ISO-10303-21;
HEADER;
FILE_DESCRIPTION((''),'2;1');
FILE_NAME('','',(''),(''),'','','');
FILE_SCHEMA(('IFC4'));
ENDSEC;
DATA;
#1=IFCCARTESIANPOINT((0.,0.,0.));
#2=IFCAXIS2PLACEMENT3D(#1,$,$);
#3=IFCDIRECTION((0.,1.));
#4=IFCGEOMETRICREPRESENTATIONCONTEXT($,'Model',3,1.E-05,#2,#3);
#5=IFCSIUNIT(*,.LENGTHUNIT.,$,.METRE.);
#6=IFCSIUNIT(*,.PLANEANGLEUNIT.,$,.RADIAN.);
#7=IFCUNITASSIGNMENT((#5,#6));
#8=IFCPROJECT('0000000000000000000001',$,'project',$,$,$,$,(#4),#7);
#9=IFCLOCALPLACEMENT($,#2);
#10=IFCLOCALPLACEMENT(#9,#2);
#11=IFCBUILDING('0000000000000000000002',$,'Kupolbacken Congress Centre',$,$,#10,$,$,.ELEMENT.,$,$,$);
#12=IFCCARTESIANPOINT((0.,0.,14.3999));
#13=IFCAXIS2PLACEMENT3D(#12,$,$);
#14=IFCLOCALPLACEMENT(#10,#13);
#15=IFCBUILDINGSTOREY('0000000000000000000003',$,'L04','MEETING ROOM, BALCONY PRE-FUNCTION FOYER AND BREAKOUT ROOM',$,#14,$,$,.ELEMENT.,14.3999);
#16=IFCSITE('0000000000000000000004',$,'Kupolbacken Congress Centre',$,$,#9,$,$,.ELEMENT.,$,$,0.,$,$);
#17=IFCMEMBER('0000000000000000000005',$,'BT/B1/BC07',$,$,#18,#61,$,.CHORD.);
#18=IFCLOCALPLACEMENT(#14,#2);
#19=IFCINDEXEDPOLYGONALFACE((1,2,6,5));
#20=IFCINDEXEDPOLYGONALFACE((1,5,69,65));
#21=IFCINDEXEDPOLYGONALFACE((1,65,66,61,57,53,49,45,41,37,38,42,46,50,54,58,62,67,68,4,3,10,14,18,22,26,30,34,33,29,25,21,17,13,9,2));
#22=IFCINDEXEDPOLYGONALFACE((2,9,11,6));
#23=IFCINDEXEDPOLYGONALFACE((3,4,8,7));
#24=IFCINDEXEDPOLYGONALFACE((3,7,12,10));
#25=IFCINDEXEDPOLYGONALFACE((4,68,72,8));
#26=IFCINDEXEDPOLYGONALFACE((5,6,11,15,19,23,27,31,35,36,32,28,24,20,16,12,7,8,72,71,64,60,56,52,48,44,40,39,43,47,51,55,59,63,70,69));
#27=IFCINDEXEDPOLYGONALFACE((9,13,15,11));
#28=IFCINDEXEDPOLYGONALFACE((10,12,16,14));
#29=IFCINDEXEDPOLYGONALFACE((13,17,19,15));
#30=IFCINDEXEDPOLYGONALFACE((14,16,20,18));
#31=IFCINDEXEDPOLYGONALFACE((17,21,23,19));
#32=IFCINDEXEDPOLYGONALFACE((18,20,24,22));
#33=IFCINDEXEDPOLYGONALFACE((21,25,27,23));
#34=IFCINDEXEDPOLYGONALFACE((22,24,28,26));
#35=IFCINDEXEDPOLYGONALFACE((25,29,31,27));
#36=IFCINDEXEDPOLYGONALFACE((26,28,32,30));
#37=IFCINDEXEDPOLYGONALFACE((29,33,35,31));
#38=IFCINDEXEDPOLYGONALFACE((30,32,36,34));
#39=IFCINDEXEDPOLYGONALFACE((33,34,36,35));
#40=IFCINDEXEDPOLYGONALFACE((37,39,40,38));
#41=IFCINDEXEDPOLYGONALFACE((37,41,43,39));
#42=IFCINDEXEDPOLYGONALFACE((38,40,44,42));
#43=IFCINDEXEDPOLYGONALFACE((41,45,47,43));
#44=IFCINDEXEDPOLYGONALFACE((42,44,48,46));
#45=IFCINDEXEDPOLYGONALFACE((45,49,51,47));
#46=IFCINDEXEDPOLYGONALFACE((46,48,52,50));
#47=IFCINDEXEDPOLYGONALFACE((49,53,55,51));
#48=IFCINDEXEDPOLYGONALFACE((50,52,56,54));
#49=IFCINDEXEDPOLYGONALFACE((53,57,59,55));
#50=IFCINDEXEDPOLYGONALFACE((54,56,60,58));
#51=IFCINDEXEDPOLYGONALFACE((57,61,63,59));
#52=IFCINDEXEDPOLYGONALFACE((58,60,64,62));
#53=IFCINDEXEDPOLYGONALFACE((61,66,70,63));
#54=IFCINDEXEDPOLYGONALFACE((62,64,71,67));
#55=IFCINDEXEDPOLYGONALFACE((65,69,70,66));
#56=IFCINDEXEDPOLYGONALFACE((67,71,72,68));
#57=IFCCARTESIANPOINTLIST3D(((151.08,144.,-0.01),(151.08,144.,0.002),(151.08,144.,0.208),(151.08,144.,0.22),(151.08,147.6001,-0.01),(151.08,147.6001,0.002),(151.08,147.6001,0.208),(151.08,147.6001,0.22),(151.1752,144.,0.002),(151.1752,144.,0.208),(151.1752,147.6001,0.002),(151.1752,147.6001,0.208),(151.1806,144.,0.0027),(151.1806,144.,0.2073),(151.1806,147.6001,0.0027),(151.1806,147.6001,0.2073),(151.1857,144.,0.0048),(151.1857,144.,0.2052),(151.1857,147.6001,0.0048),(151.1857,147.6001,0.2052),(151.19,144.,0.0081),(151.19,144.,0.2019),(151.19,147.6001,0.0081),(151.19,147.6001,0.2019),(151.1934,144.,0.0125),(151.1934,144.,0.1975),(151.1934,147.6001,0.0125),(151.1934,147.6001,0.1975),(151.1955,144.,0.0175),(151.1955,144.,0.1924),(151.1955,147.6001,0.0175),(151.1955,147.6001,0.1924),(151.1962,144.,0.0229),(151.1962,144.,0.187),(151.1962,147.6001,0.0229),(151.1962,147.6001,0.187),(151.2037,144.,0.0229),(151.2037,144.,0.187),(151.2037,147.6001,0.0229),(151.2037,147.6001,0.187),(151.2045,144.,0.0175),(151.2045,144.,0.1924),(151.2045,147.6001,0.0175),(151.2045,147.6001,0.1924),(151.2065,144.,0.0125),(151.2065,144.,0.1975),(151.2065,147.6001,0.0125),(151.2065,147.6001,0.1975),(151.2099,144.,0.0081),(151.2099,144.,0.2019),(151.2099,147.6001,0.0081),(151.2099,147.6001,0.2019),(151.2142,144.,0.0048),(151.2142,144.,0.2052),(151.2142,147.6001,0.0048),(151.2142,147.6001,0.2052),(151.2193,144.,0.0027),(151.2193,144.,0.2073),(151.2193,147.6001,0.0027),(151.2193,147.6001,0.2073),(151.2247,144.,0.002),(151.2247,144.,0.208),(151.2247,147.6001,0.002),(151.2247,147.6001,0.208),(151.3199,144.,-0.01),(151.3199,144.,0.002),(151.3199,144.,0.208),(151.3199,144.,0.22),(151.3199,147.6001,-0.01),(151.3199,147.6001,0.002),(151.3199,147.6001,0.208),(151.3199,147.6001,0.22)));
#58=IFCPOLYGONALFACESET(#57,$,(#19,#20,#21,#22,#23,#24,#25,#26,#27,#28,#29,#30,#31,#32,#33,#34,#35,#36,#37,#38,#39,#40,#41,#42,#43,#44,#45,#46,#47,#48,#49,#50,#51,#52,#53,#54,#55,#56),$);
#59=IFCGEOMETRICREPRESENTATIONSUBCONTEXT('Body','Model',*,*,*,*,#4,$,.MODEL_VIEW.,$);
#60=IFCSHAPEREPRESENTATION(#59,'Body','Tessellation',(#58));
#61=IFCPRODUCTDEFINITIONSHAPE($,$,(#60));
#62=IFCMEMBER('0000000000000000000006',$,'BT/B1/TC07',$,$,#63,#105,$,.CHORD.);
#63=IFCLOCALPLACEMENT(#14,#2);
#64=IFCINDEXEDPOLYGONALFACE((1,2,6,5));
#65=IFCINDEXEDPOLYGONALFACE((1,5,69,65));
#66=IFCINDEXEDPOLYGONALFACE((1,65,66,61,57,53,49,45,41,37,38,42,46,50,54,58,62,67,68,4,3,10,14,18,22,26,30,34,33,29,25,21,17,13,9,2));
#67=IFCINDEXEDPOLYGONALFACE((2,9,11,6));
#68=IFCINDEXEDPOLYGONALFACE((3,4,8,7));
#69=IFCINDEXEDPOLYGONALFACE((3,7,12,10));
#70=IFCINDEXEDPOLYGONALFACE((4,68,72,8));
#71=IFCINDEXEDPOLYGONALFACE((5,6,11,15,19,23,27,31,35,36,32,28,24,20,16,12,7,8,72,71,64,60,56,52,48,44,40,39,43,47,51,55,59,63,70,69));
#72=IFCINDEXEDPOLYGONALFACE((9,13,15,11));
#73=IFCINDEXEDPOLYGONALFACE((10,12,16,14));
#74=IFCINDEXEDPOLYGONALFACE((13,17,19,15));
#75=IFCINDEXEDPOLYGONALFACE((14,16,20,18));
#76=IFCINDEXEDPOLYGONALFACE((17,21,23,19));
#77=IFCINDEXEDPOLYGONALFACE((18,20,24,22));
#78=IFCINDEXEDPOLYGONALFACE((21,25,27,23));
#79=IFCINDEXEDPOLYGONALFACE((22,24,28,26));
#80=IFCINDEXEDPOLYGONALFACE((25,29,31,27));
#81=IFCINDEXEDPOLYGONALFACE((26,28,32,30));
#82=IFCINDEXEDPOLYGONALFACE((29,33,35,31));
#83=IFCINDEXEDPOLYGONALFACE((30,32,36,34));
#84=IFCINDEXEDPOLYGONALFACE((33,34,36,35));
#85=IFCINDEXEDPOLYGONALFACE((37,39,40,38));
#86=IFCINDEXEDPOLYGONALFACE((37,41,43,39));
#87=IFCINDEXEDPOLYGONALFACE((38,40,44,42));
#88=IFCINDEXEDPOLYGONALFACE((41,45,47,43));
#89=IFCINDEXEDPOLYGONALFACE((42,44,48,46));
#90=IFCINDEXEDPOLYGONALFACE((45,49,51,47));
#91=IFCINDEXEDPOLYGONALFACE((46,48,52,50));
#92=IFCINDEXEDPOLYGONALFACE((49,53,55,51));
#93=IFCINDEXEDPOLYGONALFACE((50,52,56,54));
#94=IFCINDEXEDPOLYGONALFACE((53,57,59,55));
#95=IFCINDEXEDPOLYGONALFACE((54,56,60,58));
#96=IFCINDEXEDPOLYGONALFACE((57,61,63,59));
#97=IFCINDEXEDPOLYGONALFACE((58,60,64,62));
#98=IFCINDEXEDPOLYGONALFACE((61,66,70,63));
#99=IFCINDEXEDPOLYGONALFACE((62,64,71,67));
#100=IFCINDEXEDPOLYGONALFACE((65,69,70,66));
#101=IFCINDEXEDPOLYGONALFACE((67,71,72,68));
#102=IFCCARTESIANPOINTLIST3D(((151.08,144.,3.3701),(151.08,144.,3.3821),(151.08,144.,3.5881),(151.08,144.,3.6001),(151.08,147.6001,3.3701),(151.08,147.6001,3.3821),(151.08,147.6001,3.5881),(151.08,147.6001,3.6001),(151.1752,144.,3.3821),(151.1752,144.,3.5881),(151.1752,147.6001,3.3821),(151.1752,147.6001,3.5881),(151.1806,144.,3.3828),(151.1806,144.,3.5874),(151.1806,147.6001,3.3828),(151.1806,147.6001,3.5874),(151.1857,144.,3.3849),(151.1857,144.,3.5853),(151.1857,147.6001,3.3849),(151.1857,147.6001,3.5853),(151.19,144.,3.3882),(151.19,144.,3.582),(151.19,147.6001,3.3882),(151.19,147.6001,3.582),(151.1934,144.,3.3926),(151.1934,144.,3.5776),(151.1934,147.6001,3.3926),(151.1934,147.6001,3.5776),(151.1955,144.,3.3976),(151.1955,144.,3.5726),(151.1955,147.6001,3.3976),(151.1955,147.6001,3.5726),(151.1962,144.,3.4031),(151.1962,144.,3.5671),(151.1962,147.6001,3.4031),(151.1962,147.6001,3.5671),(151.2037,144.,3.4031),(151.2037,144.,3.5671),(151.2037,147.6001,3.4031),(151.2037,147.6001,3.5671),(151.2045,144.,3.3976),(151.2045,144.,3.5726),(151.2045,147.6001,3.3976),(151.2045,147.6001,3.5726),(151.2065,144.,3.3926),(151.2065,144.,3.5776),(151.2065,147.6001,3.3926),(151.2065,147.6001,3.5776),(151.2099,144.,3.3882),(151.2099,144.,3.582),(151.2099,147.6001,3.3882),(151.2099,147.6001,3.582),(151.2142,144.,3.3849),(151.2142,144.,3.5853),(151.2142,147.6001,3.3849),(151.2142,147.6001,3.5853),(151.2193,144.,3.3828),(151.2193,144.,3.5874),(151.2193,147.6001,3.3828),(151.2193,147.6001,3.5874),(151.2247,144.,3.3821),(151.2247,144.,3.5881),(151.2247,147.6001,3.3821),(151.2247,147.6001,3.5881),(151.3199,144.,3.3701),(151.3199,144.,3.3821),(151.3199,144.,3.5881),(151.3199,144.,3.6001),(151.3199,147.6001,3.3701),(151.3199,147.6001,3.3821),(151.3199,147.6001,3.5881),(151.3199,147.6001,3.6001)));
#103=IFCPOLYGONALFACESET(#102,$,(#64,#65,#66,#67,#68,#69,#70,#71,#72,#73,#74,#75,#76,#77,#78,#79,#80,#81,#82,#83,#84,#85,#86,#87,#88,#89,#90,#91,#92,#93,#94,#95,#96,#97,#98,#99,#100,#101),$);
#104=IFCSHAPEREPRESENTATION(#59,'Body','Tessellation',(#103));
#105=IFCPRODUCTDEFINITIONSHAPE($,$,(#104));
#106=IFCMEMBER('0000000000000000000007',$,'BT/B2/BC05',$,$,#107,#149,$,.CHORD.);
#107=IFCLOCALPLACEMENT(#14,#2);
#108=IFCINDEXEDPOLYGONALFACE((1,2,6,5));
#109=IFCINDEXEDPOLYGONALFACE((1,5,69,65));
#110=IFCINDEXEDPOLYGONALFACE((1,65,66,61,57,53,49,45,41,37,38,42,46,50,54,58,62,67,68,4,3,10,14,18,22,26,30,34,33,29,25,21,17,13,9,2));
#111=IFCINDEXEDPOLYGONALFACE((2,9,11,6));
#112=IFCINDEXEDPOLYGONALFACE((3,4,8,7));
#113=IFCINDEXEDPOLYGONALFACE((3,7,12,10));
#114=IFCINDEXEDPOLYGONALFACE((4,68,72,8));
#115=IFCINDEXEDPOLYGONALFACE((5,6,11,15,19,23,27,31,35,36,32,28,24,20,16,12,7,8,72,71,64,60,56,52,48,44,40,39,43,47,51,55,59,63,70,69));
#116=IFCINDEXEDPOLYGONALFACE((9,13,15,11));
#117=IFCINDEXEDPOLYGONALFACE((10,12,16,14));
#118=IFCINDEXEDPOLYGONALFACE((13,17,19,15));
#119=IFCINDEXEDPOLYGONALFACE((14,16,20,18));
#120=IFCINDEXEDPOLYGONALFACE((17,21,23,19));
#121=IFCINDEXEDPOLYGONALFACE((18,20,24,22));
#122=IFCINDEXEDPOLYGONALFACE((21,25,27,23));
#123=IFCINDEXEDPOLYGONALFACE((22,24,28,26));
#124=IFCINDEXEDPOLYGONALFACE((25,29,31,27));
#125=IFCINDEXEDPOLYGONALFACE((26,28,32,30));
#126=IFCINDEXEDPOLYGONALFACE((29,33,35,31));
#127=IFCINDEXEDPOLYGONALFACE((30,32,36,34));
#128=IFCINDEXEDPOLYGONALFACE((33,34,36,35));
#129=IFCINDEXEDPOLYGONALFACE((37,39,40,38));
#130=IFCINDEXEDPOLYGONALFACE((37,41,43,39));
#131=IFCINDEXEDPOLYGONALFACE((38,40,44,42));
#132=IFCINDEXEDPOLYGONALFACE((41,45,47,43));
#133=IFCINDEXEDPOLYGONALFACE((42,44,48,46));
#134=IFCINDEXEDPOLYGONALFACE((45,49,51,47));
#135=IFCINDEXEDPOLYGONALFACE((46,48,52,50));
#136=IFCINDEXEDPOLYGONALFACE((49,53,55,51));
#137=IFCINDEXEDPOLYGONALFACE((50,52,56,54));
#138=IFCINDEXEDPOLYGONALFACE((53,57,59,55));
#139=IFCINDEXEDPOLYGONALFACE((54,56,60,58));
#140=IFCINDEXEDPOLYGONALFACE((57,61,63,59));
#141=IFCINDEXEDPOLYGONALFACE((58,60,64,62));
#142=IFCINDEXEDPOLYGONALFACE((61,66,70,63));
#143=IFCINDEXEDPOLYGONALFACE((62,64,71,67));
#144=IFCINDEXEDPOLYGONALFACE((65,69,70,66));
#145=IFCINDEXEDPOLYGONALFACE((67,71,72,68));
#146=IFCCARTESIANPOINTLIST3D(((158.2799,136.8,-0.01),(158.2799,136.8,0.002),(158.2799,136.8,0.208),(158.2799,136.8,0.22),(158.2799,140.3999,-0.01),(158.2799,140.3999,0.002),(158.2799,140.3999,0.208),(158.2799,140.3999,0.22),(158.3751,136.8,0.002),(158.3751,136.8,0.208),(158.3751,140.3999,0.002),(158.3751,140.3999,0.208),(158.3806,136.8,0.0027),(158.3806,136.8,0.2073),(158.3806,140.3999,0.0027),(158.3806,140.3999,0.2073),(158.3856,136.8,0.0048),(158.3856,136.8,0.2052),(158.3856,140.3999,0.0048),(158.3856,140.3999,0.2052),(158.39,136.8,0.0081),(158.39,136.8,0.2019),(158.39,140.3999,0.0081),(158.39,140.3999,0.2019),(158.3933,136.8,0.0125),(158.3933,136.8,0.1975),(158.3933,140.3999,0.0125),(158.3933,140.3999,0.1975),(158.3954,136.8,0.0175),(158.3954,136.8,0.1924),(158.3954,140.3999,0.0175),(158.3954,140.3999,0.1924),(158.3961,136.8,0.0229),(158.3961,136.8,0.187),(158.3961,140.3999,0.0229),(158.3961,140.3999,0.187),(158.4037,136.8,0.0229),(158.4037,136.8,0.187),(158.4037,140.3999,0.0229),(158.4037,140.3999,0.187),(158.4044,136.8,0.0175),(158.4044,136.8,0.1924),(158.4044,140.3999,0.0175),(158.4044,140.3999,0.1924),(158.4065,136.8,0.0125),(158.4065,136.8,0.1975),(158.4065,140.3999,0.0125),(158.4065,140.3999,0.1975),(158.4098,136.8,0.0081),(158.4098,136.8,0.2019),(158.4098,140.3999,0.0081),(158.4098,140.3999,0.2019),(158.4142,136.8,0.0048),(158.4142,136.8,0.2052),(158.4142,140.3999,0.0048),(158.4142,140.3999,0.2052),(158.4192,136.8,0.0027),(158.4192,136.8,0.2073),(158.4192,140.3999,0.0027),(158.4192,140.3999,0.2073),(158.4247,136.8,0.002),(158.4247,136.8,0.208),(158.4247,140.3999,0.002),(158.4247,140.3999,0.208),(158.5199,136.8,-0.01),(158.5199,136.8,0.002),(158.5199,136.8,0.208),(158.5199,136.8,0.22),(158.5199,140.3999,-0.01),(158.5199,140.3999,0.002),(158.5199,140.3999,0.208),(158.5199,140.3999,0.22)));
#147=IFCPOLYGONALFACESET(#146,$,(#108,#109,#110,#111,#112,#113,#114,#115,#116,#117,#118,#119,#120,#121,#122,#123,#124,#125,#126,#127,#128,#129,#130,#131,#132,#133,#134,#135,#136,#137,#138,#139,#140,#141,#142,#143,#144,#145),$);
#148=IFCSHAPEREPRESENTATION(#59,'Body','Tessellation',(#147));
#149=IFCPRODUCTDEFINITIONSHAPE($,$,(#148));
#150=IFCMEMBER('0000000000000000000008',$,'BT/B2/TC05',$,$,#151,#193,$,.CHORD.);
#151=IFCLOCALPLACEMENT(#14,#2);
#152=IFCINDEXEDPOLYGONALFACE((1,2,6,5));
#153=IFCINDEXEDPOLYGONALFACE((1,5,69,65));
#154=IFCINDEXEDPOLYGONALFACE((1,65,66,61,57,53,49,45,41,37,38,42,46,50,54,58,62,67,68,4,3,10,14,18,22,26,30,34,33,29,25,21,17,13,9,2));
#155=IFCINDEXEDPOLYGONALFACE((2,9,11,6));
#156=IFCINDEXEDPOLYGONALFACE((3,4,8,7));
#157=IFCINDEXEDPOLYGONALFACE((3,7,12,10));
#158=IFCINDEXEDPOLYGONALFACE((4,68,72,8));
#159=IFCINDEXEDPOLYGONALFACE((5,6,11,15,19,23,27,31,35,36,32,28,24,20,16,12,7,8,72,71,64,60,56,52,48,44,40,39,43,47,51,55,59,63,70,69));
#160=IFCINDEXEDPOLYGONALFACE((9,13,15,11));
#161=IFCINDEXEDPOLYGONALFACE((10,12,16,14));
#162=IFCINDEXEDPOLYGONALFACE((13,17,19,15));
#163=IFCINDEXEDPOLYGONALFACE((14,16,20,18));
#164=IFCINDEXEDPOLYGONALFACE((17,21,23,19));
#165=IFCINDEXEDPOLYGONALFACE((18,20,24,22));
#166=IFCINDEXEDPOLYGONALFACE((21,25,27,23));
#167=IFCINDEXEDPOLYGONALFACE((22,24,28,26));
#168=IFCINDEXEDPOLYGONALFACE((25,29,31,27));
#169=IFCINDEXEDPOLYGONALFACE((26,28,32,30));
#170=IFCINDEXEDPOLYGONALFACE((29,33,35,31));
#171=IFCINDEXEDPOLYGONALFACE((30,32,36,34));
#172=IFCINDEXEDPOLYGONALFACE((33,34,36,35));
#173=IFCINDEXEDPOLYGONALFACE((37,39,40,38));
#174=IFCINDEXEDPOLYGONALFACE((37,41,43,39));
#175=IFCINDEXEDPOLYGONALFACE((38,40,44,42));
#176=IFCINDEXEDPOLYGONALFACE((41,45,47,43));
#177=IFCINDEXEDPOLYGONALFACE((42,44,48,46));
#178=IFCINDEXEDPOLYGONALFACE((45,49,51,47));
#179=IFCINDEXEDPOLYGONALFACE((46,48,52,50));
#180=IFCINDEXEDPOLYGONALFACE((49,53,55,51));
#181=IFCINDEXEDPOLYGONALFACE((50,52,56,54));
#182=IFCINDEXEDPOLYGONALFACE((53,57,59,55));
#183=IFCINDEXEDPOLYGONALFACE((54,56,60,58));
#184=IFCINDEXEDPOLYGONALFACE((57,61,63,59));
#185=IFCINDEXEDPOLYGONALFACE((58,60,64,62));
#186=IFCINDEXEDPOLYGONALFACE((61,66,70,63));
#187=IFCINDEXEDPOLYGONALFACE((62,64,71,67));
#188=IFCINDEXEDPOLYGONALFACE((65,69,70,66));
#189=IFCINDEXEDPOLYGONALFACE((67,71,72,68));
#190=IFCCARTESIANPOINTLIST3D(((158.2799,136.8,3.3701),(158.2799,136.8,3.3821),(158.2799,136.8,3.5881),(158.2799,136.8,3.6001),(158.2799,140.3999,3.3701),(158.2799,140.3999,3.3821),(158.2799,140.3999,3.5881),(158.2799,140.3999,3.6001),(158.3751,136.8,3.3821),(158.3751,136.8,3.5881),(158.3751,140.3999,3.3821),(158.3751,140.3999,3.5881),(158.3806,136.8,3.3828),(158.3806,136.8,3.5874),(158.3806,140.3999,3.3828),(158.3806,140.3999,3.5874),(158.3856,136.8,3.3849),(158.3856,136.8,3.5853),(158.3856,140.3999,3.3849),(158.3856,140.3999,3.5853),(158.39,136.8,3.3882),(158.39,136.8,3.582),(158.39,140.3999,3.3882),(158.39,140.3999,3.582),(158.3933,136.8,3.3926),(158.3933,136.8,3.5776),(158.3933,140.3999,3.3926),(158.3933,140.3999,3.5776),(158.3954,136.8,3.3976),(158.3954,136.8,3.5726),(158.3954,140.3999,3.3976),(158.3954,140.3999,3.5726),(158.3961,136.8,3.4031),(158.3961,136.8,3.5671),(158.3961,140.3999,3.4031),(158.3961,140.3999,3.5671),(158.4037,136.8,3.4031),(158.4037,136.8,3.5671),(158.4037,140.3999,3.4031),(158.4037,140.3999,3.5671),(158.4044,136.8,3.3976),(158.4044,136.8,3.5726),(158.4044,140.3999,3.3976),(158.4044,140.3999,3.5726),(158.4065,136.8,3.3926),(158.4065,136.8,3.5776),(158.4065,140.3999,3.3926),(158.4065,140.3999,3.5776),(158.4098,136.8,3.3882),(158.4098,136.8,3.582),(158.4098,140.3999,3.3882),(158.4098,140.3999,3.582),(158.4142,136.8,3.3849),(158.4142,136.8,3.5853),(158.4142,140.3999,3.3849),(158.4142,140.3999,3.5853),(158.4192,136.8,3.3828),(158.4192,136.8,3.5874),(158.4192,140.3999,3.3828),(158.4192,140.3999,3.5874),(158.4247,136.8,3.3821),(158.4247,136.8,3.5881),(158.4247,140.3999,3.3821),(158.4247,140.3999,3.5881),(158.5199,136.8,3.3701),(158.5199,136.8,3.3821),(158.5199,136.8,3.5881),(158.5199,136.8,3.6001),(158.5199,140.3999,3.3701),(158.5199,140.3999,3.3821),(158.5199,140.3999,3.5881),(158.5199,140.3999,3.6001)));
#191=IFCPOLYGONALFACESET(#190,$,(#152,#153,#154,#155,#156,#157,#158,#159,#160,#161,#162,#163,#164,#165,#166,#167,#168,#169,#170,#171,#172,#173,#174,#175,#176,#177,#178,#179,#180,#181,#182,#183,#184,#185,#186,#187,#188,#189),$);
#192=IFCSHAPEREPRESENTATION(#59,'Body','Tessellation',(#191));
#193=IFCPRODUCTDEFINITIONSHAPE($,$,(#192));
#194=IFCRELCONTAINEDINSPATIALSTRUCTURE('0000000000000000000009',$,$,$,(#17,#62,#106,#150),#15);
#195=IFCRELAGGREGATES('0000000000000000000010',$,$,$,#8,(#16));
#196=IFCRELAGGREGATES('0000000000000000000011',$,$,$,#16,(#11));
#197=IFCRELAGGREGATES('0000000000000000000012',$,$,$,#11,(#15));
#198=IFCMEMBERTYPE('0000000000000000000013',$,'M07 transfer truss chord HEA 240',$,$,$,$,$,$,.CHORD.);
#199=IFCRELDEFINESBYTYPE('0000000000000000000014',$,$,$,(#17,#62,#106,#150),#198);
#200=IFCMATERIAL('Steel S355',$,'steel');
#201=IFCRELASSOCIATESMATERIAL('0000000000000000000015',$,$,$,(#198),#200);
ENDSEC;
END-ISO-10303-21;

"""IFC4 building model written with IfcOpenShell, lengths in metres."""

from ifc_helpers import new_model, si_unit, direction, frame, origin, origin_2d, place, context, subcontext, project, spatial, i_section, extrude, material, material_profile, profile_set, type_object, element, save


model = new_model("IFC4")

# Units and contexts
model_context = context("Model", 3, precision=1e-05, world=origin(), true_north=direction((0.0, 1.0)))
body_context = subcontext(model_context, "Body", "Model", "MODEL_VIEW")
ifc_project = project(units=[si_unit("LENGTHUNIT", "METRE"), si_unit("PLANEANGLEUNIT", "RADIAN")], contexts=[model_context])

# Site, building, storey
site_placement = place(None, origin())
site = spatial("IfcSite", under=ifc_project, at=site_placement, Name="Kupolbacken Congress Centre", CompositionType="ELEMENT", RefElevation=0.0)
building_placement = place(site_placement, origin())
building = spatial("IfcBuilding", under=site, at=building_placement, Name="Kupolbacken Congress Centre", CompositionType="ELEMENT")
storey_placement = place(building_placement, frame((0.0, 0.0, 14.3999)))
storey = spatial("IfcBuildingStorey", under=building, at=storey_placement, Name="L04", Description="MEETING ROOM, BALCONY PRE-FUNCTION FOYER AND BREAKOUT ROOM", CompositionType="ELEMENT", Elevation=14.3999)

# Members
ifc_material_1 = material(Name="Steel S355", Category="steel")
ifc_material_profile_1 = material_profile(ifc_material_1, i_section(OverallWidth=0.24, OverallDepth=0.23, WebThickness=0.0076, FlangeThickness=0.012, FilletRadius=0.021, at=origin_2d()), Name="HEA 240")
ifc_profile_set_1 = profile_set([ifc_material_profile_1], Name="Steel S355")
member_type_1 = type_object("IfcMemberType", Name="M07 transfer truss chord HEA 240", PredefinedType="CHORD", material=ifc_profile_set_1)
for number, where, z_axis, x_axis, name in (
    (1, (151.2, 144.0, 0.105), (0.0, 1.0, 0.0), (-1.0, 0.0, 0.0), "BT/B1/BC07"),
    (2, (151.2, 144.0, 3.4851), (0.0, 1.0, 0.0), (-1.0, 0.0, 0.0), "BT/B1/TC07"),
):
    element("IfcMember", number, at=place(storey_placement, frame(where, z_axis=z_axis, x_axis=x_axis)), inside=storey, type_object=member_type_1, Name=name, PredefinedType="CHORD", context=body_context, shape_type="SweptSolid", body=[
        extrude(i_section(OverallWidth=0.24, OverallDepth=0.23, WebThickness=0.0076, FlangeThickness=0.012, FilletRadius=0.021, at=origin_2d()), origin(), (0.0, 0.0, 1.0), 3.6001),
    ])
for number, where, z_axis, x_axis, name in (
    (3, (158.3999, 136.8, 0.105), (0.0, 1.0, 0.0), (-1.0, 0.0, 0.0), "BT/B2/BC05"),
    (4, (158.3999, 136.8, 3.4851), (0.0, 1.0, 0.0), (-1.0, 0.0, 0.0), "BT/B2/TC05"),
):
    element("IfcMember", number, at=place(storey_placement, frame(where, z_axis=z_axis, x_axis=x_axis)), inside=storey, type_object=member_type_1, Name=name, PredefinedType="CHORD", context=body_context, shape_type="SweptSolid", body=[
        extrude(i_section(OverallWidth=0.24, OverallDepth=0.23, WebThickness=0.0076, FlangeThickness=0.012, FilletRadius=0.021, at=origin_2d()), origin(), (0.0, 0.0, 1.0), 3.5999),
    ])

save(model, "model.ifc")
